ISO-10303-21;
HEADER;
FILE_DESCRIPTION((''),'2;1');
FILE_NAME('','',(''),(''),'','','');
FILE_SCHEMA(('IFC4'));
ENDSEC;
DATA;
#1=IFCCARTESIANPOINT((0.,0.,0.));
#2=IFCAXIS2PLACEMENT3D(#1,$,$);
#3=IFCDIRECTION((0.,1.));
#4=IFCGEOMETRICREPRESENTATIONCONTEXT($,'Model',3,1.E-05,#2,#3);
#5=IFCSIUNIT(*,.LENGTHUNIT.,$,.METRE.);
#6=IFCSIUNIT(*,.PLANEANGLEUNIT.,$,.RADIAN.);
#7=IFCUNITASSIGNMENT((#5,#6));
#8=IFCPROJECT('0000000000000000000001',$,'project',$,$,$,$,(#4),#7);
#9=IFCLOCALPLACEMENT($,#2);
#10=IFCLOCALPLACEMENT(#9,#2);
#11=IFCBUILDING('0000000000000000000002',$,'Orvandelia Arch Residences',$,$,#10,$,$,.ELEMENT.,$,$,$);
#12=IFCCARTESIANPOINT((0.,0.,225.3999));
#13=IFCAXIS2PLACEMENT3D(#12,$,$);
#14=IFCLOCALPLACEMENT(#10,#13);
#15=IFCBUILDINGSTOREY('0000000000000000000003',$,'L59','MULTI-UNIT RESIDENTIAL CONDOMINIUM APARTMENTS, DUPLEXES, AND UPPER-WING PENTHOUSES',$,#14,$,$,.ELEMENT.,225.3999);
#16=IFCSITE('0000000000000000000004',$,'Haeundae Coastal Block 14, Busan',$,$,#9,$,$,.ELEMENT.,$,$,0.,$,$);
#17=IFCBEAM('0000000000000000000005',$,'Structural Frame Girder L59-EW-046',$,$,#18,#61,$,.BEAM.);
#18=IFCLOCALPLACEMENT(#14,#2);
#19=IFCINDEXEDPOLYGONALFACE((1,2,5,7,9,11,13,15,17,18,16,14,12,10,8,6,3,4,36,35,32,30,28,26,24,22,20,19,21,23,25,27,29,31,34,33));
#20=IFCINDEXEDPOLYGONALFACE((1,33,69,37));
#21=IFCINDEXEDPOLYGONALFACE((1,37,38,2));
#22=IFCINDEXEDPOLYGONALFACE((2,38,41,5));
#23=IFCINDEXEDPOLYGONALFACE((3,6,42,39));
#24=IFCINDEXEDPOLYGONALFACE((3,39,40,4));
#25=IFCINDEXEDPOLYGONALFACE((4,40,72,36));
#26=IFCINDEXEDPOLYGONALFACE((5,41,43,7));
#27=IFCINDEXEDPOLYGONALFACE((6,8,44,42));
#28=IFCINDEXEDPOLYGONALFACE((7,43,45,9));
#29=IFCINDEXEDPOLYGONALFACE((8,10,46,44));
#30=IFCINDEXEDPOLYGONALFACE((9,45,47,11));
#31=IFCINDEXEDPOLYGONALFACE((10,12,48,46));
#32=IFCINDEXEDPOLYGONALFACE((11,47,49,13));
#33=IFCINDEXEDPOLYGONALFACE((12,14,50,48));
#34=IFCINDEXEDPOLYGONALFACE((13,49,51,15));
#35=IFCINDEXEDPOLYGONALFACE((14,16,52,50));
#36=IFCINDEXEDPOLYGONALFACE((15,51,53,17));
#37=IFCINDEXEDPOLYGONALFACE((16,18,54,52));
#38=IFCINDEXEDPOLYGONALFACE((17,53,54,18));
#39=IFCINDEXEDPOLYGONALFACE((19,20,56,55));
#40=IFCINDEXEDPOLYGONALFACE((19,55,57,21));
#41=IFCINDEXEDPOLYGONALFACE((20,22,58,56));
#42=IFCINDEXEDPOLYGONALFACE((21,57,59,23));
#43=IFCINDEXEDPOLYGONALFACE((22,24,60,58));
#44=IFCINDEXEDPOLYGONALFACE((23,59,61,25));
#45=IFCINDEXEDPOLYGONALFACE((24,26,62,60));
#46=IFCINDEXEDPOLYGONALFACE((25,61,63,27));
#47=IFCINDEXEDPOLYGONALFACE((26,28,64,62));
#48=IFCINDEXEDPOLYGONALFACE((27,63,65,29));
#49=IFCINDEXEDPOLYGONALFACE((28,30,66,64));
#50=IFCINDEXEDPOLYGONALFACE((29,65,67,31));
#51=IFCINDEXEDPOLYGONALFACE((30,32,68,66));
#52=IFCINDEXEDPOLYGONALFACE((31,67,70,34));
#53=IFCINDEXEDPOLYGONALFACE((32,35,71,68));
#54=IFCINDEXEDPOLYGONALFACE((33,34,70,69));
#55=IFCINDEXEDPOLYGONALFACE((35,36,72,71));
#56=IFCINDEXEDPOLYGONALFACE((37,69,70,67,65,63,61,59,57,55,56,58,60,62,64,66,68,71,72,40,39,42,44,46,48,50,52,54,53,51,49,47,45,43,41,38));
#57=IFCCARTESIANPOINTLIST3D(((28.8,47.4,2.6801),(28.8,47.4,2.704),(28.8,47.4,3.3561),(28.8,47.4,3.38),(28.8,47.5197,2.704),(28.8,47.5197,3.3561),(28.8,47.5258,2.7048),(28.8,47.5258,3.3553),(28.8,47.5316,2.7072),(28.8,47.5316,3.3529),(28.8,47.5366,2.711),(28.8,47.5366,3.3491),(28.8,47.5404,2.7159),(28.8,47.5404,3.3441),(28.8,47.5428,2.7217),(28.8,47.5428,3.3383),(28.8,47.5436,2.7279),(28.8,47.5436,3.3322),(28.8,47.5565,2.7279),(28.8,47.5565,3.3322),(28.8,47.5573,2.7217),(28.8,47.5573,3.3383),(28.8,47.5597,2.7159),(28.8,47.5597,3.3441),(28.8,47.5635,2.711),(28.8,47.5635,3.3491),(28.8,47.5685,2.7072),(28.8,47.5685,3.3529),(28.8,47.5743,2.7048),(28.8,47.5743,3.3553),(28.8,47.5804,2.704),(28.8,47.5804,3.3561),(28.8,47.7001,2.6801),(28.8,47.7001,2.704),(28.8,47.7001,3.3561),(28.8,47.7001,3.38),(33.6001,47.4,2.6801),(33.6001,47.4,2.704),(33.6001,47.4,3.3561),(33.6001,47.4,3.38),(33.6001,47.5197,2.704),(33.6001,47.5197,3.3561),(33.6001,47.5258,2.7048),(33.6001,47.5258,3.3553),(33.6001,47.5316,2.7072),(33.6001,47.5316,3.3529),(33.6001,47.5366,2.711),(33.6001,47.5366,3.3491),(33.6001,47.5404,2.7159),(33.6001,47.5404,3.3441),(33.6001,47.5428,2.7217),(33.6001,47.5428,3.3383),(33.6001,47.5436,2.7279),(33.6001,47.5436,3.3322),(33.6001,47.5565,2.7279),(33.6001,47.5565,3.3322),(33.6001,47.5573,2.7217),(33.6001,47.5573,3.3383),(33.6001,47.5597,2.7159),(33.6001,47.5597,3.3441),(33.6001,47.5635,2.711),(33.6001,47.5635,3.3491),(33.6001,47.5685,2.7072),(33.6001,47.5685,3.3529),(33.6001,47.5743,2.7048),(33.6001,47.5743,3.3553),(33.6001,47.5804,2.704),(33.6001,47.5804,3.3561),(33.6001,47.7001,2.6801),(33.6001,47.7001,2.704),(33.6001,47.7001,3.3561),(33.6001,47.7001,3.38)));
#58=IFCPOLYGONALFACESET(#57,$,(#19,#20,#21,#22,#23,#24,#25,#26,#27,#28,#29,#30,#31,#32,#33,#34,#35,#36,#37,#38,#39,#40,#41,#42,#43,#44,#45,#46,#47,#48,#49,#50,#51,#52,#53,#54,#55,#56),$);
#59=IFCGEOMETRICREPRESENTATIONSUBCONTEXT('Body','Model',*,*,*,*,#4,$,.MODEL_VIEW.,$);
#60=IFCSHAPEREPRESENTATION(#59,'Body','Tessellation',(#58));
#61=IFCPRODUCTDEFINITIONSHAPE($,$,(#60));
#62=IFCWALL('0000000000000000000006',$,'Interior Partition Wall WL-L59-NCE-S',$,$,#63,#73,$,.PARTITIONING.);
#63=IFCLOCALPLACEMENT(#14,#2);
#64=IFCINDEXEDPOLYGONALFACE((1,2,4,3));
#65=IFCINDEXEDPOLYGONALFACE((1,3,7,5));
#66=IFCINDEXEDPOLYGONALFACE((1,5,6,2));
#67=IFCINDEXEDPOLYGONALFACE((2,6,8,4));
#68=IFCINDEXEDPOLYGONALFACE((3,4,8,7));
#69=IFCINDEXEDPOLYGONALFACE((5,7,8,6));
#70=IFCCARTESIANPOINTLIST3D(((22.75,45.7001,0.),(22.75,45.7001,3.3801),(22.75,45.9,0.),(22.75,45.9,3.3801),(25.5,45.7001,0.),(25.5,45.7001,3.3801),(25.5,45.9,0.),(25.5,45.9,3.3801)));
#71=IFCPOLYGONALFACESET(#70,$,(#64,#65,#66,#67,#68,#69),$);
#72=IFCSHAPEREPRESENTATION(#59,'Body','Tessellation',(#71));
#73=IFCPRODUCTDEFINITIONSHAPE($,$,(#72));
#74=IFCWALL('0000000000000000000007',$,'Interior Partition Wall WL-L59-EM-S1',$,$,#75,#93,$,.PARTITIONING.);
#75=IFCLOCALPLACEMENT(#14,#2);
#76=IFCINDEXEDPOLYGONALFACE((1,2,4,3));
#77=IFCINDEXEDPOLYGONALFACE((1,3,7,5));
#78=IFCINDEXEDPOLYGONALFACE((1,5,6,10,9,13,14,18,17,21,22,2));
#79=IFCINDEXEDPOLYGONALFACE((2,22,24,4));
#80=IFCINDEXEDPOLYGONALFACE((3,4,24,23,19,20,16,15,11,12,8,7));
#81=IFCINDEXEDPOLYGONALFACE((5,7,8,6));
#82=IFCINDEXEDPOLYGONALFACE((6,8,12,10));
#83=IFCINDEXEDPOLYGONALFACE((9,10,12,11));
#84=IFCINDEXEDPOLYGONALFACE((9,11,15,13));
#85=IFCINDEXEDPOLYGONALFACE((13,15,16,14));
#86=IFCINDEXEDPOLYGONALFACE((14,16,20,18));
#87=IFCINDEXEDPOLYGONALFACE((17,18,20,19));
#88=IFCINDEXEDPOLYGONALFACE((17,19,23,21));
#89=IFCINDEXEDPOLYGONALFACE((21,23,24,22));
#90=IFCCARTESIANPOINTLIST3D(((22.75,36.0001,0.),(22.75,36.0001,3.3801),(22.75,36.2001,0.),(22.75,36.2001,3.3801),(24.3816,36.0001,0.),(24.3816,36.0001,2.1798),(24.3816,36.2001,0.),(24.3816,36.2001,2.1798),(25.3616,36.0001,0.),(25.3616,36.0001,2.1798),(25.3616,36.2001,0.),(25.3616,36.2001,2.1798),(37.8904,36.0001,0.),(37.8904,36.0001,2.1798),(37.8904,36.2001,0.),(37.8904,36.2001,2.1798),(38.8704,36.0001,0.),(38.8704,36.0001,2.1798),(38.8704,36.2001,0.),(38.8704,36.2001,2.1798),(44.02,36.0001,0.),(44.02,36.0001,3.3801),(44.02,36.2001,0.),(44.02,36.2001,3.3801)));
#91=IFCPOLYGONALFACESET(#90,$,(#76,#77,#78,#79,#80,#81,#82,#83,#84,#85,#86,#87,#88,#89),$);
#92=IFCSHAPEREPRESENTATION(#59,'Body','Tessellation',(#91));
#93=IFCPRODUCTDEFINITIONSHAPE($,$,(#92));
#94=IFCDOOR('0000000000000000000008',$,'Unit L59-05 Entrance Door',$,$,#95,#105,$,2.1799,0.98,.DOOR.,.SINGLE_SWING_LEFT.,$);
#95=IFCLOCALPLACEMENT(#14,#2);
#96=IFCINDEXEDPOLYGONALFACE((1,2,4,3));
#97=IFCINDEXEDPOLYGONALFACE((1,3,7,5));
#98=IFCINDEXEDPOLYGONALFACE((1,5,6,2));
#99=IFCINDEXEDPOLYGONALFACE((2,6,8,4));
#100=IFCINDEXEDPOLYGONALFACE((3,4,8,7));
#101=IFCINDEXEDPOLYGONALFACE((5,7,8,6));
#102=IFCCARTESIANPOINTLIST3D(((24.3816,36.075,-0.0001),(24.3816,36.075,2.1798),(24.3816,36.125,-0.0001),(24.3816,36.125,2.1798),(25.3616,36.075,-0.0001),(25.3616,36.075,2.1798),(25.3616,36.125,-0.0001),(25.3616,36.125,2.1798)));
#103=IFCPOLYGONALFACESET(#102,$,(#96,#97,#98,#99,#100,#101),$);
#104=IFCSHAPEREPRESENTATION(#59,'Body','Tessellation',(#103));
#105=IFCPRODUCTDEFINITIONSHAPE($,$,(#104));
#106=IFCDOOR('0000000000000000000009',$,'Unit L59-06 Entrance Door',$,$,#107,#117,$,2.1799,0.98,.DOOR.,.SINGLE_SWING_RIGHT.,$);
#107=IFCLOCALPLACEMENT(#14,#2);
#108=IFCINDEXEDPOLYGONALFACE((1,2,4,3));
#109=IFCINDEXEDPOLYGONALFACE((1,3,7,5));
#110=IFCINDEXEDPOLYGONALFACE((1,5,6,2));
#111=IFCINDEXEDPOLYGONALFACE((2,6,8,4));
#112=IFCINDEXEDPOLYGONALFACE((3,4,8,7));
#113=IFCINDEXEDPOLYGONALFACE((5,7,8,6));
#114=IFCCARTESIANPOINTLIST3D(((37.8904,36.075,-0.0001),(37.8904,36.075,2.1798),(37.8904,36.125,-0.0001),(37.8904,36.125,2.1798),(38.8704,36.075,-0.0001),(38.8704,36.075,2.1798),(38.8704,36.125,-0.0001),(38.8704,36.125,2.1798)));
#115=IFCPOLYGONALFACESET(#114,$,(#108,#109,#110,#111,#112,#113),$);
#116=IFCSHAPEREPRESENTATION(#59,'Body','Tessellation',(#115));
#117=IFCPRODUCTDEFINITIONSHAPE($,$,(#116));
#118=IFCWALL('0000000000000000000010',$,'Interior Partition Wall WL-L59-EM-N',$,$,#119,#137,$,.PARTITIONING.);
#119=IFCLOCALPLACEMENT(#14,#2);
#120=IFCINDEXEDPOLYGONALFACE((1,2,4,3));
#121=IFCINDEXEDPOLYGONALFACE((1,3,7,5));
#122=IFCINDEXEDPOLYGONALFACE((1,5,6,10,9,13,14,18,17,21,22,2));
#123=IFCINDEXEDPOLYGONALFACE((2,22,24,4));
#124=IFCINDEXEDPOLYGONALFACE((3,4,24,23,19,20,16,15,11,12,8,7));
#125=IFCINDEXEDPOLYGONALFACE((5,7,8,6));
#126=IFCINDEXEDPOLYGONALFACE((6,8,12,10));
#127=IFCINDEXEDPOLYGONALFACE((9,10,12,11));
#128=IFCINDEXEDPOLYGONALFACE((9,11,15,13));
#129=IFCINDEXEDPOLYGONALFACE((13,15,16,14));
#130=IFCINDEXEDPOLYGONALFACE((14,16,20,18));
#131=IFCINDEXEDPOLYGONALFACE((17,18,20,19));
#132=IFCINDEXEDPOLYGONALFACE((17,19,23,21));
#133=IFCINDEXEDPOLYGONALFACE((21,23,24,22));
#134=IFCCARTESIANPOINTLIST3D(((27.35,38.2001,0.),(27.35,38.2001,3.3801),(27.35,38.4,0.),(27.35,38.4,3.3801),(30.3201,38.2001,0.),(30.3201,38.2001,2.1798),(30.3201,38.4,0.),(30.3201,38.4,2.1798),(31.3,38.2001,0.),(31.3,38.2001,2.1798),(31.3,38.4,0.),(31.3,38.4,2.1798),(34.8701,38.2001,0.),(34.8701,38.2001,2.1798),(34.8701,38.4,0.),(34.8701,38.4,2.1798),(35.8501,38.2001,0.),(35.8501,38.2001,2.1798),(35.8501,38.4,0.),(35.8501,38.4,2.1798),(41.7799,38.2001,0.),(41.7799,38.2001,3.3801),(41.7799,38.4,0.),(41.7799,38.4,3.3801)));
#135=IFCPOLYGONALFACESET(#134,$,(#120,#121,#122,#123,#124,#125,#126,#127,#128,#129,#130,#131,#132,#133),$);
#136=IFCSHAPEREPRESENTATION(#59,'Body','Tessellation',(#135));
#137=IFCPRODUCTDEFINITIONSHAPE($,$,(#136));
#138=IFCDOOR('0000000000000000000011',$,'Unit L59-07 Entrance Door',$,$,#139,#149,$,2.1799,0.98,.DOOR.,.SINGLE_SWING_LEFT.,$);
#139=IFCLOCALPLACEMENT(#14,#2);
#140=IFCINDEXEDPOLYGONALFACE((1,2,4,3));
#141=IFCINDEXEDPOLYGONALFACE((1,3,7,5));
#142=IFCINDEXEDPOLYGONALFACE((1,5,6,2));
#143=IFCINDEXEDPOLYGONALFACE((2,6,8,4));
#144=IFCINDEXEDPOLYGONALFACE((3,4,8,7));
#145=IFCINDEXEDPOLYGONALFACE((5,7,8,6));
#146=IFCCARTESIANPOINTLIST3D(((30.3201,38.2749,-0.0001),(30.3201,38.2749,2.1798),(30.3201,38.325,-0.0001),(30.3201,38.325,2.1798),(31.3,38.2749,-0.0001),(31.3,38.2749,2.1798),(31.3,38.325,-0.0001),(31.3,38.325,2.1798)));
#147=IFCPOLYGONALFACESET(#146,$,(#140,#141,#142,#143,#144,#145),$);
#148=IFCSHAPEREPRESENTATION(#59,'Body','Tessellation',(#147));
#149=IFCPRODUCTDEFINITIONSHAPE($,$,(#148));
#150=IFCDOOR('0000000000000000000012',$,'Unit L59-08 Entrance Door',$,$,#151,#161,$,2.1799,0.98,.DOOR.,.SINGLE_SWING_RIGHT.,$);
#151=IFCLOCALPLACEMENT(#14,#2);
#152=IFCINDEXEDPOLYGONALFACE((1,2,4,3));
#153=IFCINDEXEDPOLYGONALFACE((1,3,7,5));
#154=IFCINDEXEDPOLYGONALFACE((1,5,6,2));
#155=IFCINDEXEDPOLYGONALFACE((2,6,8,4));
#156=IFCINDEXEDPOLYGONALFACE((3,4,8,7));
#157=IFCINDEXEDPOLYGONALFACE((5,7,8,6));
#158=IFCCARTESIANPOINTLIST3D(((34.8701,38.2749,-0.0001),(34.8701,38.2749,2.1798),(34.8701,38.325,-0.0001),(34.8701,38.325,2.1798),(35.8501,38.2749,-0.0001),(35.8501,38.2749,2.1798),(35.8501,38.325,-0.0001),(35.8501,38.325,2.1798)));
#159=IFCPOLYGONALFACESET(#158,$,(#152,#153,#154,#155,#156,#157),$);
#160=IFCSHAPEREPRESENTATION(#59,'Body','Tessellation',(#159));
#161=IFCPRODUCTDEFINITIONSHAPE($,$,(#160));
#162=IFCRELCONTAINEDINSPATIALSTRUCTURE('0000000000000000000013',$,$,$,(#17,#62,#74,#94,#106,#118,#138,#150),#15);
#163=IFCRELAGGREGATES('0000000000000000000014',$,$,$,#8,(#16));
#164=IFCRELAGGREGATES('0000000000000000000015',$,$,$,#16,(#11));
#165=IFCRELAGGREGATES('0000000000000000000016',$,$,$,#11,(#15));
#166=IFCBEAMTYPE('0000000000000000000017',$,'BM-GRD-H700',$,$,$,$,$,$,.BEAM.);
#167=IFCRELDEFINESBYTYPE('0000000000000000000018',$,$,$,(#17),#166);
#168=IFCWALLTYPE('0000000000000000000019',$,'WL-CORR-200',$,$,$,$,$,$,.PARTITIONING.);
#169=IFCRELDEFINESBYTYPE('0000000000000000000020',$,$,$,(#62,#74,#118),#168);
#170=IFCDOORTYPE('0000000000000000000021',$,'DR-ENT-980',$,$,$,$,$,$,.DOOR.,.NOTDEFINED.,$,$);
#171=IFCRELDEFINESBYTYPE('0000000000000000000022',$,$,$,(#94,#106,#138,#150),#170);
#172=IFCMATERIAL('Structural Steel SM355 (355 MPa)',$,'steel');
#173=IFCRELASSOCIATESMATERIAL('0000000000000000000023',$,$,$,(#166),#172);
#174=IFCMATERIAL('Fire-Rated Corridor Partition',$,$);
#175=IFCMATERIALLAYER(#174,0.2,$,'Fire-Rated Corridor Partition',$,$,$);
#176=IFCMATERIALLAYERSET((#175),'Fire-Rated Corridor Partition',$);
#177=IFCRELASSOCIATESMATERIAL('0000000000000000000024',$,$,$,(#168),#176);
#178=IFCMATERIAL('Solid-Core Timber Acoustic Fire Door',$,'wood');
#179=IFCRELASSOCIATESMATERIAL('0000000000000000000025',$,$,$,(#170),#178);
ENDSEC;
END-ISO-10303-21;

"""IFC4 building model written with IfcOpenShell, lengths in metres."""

from ifc_helpers import new_model, si_unit, direction, frame, frame_2d, origin, origin_2d, place, context, subcontext, project, spatial, rectangle, i_section, extrude, material, layer, layer_set, material_profile, profile_set, type_object, element, fill, save


model = new_model("IFC4")

# Units and contexts
model_context = context("Model", 3, precision=1e-05, world=origin(), true_north=direction((0.0, 1.0)))
body_context = subcontext(model_context, "Body", "Model", "MODEL_VIEW")
ifc_project = project(units=[si_unit("LENGTHUNIT", "METRE"), si_unit("PLANEANGLEUNIT", "RADIAN")], contexts=[model_context])

# Site, building, storey
site_placement = place(None, origin())
site = spatial("IfcSite", under=ifc_project, at=site_placement, Name="Haeundae Coastal Block 14, Busan", CompositionType="ELEMENT", RefElevation=0.0)
building_placement = place(site_placement, origin())
building = spatial("IfcBuilding", under=site, at=building_placement, Name="Orvandelia Arch Residences", CompositionType="ELEMENT")
storey_placement = place(building_placement, frame((0.0, 0.0, 225.3999)))
storey = spatial("IfcBuildingStorey", under=building, at=storey_placement, Name="L59", Description="MULTI-UNIT RESIDENTIAL CONDOMINIUM APARTMENTS, DUPLEXES, AND UPPER-WING PENTHOUSES", CompositionType="ELEMENT", Elevation=225.3999)

# Beam
ifc_material_1 = material(Name="Structural Steel SM355 (355 MPa)", Category="steel")
ifc_material_profile_1 = material_profile(ifc_material_1, i_section(OverallWidth=0.3, OverallDepth=0.7, WebThickness=0.0129, FlangeThickness=0.0239, FilletRadius=0.0239, at=origin_2d()), Name="Structural Steel SM355 (355 MPa)", Category="steel")
ifc_profile_set_1 = profile_set([ifc_material_profile_1], Name="Structural Steel SM355 (355 MPa)")
beam_type = type_object("IfcBeamType", Name="BM-GRD-H700", PredefinedType="BEAM", material=ifc_profile_set_1)
beam_1_placement = place(storey_placement, frame((28.8, 47.55, 3.03), z_axis=(1.0, 0.0, 0.0), x_axis=(0.0, 1.0, 0.0)))
element("IfcBeam", 1, at=beam_1_placement, inside=storey, type_object=beam_type, Name="Structural Frame Girder L59-EW-046", PredefinedType="BEAM", context=body_context, shape_type="SweptSolid", body=[
    extrude(i_section(OverallWidth=0.3, OverallDepth=0.7, WebThickness=0.0129, FlangeThickness=0.0239, FilletRadius=0.0239, at=origin_2d()), origin(), (0.0, 0.0, 1.0), 4.8),
])

# Wall
ifc_material_2 = material(Name="Fire-Rated Corridor Partition")
ifc_layer_1 = layer(ifc_material_2, 0.2, Name="Fire-Rated Corridor Partition")
ifc_layer_set_1 = layer_set([ifc_layer_1], Name="Fire-Rated Corridor Partition")
wall_type_1 = type_object("IfcWallType", Name="WL-CORR-200", PredefinedType="PARTITIONING", material=ifc_layer_set_1)
wall_1_placement = place(storey_placement, frame((22.75, 45.8, 0.0), z_axis=(0.0, 0.0, 1.0), x_axis=(1.0, 0.0, 0.0)))
element("IfcWall", 2, at=wall_1_placement, inside=storey, type_object=wall_type_1, Name="Interior Partition Wall WL-L59-NCE-S", PredefinedType="PARTITIONING", context=body_context, shape_type="SweptSolid", body=[
    extrude(rectangle(XDim=2.75, YDim=0.2, at=frame_2d((1.375, 0.0))), origin(), (0.0, 0.0, 1.0), 3.3801),
])

# Walls, openings, doors
wall_2_placement = place(storey_placement, frame((22.75, 36.1001, 0.0), z_axis=(0.0, 0.0, 1.0), x_axis=(1.0, 0.0, 0.0)))
wall_2 = element("IfcWall", 3, at=wall_2_placement, inside=storey, type_object=wall_type_1, Name="Interior Partition Wall WL-L59-EM-S1", PredefinedType="PARTITIONING", context=body_context, shape_type="SweptSolid", body=[
    extrude(rectangle(XDim=21.27, YDim=0.2, at=frame_2d((10.635, 0.0))), origin(), (0.0, 0.0, 1.0), 3.3801),
])
opening_1_placement = place(wall_2_placement, frame((1.6316, 0.0, 0.0)))
opening_1 = element("IfcOpeningElement", 4, at=opening_1_placement, cuts=wall_2, PredefinedType="OPENING", context=body_context, shape_type="SweptSolid", body=[
    extrude(rectangle(XDim=0.98, YDim=2.1799, at=frame_2d((0.49, 1.0898))), frame((0.0, 0.1099, 0.0), z_axis=(0.0, -1.0, 0.0), x_axis=(1.0, 0.0, 0.0)), (0.0, 0.0, 1.0), 0.22),
])
opening_2_placement = place(wall_2_placement, frame((15.1404, 0.0, 0.0)))
opening_2 = element("IfcOpeningElement", 5, at=opening_2_placement, cuts=wall_2, PredefinedType="OPENING", context=body_context, shape_type="SweptSolid", body=[
    extrude(rectangle(XDim=0.98, YDim=2.1799, at=frame_2d((0.49, 1.0898))), frame((0.0, 0.1099, 0.0), z_axis=(0.0, -1.0, 0.0), x_axis=(1.0, 0.0, 0.0)), (0.0, 0.0, 1.0), 0.22),
])
ifc_material_3 = material(Name="Solid-Core Timber Acoustic Fire Door", Category="wood")
door_type_1 = type_object("IfcDoorType", Name="DR-ENT-980", OperationType="NOTDEFINED", PredefinedType="DOOR", material=ifc_material_3)
door_1_placement = place(opening_1_placement, origin())
door_1 = element("IfcDoor", 6, at=door_1_placement, inside=storey, type_object=door_type_1, Name="Unit L59-05 Entrance Door", OperationType="SINGLE_SWING_LEFT", OverallHeight=2.1799, OverallWidth=0.98, PredefinedType="DOOR", context=body_context, shape_type="SweptSolid", body=[
    extrude(rectangle(XDim=0.98, YDim=2.1799, at=frame_2d((0.49, 1.0898))), frame((0.0, 0.0249, 0.0), z_axis=(0.0, -1.0, 0.0), x_axis=(1.0, 0.0, 0.0)), (0.0, 0.0, 1.0), 0.05),
])
fill(opening_1, door_1)
door_2_placement = place(opening_2_placement, origin())
door_2 = element("IfcDoor", 7, at=door_2_placement, inside=storey, type_object=door_type_1, Name="Unit L59-06 Entrance Door", OperationType="SINGLE_SWING_RIGHT", OverallHeight=2.1799, OverallWidth=0.98, PredefinedType="DOOR", context=body_context, shape_type="SweptSolid", body=[
    extrude(rectangle(XDim=0.98, YDim=2.1799, at=frame_2d((0.49, 1.0898))), frame((0.0, 0.0249, 0.0), z_axis=(0.0, -1.0, 0.0), x_axis=(1.0, 0.0, 0.0)), (0.0, 0.0, 1.0), 0.05),
])
fill(opening_2, door_2)
wall_3_placement = place(storey_placement, frame((27.3501, 38.3, 0.0), z_axis=(0.0, 0.0, 1.0), x_axis=(1.0, 0.0, 0.0)))
wall_3 = element("IfcWall", 8, at=wall_3_placement, inside=storey, type_object=wall_type_1, Name="Interior Partition Wall WL-L59-EM-N", PredefinedType="PARTITIONING", context=body_context, shape_type="SweptSolid", body=[
    extrude(rectangle(XDim=14.4299, YDim=0.2, at=frame_2d((7.2148, 0.0))), origin(), (0.0, 0.0, 1.0), 3.3801),
])
opening_3_placement = place(wall_3_placement, frame((2.97, 0.0, 0.0)))
opening_3 = element("IfcOpeningElement", 9, at=opening_3_placement, cuts=wall_3, PredefinedType="OPENING", context=body_context, shape_type="SweptSolid", body=[
    extrude(rectangle(XDim=0.98, YDim=2.1799, at=frame_2d((0.49, 1.0898))), frame((0.0, 0.1099, 0.0), z_axis=(0.0, -1.0, 0.0), x_axis=(1.0, 0.0, 0.0)), (0.0, 0.0, 1.0), 0.22),
])
opening_4_placement = place(wall_3_placement, frame((7.52, 0.0, 0.0)))
opening_4 = element("IfcOpeningElement", 10, at=opening_4_placement, cuts=wall_3, PredefinedType="OPENING", context=body_context, shape_type="SweptSolid", body=[
    extrude(rectangle(XDim=0.98, YDim=2.1799, at=frame_2d((0.49, 1.0898))), frame((0.0, 0.1099, 0.0), z_axis=(0.0, -1.0, 0.0), x_axis=(1.0, 0.0, 0.0)), (0.0, 0.0, 1.0), 0.22),
])
door_3_placement = place(opening_3_placement, origin())
door_3 = element("IfcDoor", 11, at=door_3_placement, inside=storey, type_object=door_type_1, Name="Unit L59-07 Entrance Door", OperationType="SINGLE_SWING_LEFT", OverallHeight=2.1799, OverallWidth=0.98, PredefinedType="DOOR", context=body_context, shape_type="SweptSolid", body=[
    extrude(rectangle(XDim=0.98, YDim=2.1799, at=frame_2d((0.49, 1.0898))), frame((0.0, 0.0249, 0.0), z_axis=(0.0, -1.0, 0.0), x_axis=(1.0, 0.0, 0.0)), (0.0, 0.0, 1.0), 0.05),
])
fill(opening_3, door_3)
door_4_placement = place(opening_4_placement, origin())
door_4 = element("IfcDoor", 12, at=door_4_placement, inside=storey, type_object=door_type_1, Name="Unit L59-08 Entrance Door", OperationType="SINGLE_SWING_RIGHT", OverallHeight=2.1799, OverallWidth=0.98, PredefinedType="DOOR", context=body_context, shape_type="SweptSolid", body=[
    extrude(rectangle(XDim=0.98, YDim=2.1799, at=frame_2d((0.49, 1.0898))), frame((0.0, 0.0249, 0.0), z_axis=(0.0, -1.0, 0.0), x_axis=(1.0, 0.0, 0.0)), (0.0, 0.0, 1.0), 0.05),
])
fill(opening_4, door_4)

save(model, "model.ifc")
